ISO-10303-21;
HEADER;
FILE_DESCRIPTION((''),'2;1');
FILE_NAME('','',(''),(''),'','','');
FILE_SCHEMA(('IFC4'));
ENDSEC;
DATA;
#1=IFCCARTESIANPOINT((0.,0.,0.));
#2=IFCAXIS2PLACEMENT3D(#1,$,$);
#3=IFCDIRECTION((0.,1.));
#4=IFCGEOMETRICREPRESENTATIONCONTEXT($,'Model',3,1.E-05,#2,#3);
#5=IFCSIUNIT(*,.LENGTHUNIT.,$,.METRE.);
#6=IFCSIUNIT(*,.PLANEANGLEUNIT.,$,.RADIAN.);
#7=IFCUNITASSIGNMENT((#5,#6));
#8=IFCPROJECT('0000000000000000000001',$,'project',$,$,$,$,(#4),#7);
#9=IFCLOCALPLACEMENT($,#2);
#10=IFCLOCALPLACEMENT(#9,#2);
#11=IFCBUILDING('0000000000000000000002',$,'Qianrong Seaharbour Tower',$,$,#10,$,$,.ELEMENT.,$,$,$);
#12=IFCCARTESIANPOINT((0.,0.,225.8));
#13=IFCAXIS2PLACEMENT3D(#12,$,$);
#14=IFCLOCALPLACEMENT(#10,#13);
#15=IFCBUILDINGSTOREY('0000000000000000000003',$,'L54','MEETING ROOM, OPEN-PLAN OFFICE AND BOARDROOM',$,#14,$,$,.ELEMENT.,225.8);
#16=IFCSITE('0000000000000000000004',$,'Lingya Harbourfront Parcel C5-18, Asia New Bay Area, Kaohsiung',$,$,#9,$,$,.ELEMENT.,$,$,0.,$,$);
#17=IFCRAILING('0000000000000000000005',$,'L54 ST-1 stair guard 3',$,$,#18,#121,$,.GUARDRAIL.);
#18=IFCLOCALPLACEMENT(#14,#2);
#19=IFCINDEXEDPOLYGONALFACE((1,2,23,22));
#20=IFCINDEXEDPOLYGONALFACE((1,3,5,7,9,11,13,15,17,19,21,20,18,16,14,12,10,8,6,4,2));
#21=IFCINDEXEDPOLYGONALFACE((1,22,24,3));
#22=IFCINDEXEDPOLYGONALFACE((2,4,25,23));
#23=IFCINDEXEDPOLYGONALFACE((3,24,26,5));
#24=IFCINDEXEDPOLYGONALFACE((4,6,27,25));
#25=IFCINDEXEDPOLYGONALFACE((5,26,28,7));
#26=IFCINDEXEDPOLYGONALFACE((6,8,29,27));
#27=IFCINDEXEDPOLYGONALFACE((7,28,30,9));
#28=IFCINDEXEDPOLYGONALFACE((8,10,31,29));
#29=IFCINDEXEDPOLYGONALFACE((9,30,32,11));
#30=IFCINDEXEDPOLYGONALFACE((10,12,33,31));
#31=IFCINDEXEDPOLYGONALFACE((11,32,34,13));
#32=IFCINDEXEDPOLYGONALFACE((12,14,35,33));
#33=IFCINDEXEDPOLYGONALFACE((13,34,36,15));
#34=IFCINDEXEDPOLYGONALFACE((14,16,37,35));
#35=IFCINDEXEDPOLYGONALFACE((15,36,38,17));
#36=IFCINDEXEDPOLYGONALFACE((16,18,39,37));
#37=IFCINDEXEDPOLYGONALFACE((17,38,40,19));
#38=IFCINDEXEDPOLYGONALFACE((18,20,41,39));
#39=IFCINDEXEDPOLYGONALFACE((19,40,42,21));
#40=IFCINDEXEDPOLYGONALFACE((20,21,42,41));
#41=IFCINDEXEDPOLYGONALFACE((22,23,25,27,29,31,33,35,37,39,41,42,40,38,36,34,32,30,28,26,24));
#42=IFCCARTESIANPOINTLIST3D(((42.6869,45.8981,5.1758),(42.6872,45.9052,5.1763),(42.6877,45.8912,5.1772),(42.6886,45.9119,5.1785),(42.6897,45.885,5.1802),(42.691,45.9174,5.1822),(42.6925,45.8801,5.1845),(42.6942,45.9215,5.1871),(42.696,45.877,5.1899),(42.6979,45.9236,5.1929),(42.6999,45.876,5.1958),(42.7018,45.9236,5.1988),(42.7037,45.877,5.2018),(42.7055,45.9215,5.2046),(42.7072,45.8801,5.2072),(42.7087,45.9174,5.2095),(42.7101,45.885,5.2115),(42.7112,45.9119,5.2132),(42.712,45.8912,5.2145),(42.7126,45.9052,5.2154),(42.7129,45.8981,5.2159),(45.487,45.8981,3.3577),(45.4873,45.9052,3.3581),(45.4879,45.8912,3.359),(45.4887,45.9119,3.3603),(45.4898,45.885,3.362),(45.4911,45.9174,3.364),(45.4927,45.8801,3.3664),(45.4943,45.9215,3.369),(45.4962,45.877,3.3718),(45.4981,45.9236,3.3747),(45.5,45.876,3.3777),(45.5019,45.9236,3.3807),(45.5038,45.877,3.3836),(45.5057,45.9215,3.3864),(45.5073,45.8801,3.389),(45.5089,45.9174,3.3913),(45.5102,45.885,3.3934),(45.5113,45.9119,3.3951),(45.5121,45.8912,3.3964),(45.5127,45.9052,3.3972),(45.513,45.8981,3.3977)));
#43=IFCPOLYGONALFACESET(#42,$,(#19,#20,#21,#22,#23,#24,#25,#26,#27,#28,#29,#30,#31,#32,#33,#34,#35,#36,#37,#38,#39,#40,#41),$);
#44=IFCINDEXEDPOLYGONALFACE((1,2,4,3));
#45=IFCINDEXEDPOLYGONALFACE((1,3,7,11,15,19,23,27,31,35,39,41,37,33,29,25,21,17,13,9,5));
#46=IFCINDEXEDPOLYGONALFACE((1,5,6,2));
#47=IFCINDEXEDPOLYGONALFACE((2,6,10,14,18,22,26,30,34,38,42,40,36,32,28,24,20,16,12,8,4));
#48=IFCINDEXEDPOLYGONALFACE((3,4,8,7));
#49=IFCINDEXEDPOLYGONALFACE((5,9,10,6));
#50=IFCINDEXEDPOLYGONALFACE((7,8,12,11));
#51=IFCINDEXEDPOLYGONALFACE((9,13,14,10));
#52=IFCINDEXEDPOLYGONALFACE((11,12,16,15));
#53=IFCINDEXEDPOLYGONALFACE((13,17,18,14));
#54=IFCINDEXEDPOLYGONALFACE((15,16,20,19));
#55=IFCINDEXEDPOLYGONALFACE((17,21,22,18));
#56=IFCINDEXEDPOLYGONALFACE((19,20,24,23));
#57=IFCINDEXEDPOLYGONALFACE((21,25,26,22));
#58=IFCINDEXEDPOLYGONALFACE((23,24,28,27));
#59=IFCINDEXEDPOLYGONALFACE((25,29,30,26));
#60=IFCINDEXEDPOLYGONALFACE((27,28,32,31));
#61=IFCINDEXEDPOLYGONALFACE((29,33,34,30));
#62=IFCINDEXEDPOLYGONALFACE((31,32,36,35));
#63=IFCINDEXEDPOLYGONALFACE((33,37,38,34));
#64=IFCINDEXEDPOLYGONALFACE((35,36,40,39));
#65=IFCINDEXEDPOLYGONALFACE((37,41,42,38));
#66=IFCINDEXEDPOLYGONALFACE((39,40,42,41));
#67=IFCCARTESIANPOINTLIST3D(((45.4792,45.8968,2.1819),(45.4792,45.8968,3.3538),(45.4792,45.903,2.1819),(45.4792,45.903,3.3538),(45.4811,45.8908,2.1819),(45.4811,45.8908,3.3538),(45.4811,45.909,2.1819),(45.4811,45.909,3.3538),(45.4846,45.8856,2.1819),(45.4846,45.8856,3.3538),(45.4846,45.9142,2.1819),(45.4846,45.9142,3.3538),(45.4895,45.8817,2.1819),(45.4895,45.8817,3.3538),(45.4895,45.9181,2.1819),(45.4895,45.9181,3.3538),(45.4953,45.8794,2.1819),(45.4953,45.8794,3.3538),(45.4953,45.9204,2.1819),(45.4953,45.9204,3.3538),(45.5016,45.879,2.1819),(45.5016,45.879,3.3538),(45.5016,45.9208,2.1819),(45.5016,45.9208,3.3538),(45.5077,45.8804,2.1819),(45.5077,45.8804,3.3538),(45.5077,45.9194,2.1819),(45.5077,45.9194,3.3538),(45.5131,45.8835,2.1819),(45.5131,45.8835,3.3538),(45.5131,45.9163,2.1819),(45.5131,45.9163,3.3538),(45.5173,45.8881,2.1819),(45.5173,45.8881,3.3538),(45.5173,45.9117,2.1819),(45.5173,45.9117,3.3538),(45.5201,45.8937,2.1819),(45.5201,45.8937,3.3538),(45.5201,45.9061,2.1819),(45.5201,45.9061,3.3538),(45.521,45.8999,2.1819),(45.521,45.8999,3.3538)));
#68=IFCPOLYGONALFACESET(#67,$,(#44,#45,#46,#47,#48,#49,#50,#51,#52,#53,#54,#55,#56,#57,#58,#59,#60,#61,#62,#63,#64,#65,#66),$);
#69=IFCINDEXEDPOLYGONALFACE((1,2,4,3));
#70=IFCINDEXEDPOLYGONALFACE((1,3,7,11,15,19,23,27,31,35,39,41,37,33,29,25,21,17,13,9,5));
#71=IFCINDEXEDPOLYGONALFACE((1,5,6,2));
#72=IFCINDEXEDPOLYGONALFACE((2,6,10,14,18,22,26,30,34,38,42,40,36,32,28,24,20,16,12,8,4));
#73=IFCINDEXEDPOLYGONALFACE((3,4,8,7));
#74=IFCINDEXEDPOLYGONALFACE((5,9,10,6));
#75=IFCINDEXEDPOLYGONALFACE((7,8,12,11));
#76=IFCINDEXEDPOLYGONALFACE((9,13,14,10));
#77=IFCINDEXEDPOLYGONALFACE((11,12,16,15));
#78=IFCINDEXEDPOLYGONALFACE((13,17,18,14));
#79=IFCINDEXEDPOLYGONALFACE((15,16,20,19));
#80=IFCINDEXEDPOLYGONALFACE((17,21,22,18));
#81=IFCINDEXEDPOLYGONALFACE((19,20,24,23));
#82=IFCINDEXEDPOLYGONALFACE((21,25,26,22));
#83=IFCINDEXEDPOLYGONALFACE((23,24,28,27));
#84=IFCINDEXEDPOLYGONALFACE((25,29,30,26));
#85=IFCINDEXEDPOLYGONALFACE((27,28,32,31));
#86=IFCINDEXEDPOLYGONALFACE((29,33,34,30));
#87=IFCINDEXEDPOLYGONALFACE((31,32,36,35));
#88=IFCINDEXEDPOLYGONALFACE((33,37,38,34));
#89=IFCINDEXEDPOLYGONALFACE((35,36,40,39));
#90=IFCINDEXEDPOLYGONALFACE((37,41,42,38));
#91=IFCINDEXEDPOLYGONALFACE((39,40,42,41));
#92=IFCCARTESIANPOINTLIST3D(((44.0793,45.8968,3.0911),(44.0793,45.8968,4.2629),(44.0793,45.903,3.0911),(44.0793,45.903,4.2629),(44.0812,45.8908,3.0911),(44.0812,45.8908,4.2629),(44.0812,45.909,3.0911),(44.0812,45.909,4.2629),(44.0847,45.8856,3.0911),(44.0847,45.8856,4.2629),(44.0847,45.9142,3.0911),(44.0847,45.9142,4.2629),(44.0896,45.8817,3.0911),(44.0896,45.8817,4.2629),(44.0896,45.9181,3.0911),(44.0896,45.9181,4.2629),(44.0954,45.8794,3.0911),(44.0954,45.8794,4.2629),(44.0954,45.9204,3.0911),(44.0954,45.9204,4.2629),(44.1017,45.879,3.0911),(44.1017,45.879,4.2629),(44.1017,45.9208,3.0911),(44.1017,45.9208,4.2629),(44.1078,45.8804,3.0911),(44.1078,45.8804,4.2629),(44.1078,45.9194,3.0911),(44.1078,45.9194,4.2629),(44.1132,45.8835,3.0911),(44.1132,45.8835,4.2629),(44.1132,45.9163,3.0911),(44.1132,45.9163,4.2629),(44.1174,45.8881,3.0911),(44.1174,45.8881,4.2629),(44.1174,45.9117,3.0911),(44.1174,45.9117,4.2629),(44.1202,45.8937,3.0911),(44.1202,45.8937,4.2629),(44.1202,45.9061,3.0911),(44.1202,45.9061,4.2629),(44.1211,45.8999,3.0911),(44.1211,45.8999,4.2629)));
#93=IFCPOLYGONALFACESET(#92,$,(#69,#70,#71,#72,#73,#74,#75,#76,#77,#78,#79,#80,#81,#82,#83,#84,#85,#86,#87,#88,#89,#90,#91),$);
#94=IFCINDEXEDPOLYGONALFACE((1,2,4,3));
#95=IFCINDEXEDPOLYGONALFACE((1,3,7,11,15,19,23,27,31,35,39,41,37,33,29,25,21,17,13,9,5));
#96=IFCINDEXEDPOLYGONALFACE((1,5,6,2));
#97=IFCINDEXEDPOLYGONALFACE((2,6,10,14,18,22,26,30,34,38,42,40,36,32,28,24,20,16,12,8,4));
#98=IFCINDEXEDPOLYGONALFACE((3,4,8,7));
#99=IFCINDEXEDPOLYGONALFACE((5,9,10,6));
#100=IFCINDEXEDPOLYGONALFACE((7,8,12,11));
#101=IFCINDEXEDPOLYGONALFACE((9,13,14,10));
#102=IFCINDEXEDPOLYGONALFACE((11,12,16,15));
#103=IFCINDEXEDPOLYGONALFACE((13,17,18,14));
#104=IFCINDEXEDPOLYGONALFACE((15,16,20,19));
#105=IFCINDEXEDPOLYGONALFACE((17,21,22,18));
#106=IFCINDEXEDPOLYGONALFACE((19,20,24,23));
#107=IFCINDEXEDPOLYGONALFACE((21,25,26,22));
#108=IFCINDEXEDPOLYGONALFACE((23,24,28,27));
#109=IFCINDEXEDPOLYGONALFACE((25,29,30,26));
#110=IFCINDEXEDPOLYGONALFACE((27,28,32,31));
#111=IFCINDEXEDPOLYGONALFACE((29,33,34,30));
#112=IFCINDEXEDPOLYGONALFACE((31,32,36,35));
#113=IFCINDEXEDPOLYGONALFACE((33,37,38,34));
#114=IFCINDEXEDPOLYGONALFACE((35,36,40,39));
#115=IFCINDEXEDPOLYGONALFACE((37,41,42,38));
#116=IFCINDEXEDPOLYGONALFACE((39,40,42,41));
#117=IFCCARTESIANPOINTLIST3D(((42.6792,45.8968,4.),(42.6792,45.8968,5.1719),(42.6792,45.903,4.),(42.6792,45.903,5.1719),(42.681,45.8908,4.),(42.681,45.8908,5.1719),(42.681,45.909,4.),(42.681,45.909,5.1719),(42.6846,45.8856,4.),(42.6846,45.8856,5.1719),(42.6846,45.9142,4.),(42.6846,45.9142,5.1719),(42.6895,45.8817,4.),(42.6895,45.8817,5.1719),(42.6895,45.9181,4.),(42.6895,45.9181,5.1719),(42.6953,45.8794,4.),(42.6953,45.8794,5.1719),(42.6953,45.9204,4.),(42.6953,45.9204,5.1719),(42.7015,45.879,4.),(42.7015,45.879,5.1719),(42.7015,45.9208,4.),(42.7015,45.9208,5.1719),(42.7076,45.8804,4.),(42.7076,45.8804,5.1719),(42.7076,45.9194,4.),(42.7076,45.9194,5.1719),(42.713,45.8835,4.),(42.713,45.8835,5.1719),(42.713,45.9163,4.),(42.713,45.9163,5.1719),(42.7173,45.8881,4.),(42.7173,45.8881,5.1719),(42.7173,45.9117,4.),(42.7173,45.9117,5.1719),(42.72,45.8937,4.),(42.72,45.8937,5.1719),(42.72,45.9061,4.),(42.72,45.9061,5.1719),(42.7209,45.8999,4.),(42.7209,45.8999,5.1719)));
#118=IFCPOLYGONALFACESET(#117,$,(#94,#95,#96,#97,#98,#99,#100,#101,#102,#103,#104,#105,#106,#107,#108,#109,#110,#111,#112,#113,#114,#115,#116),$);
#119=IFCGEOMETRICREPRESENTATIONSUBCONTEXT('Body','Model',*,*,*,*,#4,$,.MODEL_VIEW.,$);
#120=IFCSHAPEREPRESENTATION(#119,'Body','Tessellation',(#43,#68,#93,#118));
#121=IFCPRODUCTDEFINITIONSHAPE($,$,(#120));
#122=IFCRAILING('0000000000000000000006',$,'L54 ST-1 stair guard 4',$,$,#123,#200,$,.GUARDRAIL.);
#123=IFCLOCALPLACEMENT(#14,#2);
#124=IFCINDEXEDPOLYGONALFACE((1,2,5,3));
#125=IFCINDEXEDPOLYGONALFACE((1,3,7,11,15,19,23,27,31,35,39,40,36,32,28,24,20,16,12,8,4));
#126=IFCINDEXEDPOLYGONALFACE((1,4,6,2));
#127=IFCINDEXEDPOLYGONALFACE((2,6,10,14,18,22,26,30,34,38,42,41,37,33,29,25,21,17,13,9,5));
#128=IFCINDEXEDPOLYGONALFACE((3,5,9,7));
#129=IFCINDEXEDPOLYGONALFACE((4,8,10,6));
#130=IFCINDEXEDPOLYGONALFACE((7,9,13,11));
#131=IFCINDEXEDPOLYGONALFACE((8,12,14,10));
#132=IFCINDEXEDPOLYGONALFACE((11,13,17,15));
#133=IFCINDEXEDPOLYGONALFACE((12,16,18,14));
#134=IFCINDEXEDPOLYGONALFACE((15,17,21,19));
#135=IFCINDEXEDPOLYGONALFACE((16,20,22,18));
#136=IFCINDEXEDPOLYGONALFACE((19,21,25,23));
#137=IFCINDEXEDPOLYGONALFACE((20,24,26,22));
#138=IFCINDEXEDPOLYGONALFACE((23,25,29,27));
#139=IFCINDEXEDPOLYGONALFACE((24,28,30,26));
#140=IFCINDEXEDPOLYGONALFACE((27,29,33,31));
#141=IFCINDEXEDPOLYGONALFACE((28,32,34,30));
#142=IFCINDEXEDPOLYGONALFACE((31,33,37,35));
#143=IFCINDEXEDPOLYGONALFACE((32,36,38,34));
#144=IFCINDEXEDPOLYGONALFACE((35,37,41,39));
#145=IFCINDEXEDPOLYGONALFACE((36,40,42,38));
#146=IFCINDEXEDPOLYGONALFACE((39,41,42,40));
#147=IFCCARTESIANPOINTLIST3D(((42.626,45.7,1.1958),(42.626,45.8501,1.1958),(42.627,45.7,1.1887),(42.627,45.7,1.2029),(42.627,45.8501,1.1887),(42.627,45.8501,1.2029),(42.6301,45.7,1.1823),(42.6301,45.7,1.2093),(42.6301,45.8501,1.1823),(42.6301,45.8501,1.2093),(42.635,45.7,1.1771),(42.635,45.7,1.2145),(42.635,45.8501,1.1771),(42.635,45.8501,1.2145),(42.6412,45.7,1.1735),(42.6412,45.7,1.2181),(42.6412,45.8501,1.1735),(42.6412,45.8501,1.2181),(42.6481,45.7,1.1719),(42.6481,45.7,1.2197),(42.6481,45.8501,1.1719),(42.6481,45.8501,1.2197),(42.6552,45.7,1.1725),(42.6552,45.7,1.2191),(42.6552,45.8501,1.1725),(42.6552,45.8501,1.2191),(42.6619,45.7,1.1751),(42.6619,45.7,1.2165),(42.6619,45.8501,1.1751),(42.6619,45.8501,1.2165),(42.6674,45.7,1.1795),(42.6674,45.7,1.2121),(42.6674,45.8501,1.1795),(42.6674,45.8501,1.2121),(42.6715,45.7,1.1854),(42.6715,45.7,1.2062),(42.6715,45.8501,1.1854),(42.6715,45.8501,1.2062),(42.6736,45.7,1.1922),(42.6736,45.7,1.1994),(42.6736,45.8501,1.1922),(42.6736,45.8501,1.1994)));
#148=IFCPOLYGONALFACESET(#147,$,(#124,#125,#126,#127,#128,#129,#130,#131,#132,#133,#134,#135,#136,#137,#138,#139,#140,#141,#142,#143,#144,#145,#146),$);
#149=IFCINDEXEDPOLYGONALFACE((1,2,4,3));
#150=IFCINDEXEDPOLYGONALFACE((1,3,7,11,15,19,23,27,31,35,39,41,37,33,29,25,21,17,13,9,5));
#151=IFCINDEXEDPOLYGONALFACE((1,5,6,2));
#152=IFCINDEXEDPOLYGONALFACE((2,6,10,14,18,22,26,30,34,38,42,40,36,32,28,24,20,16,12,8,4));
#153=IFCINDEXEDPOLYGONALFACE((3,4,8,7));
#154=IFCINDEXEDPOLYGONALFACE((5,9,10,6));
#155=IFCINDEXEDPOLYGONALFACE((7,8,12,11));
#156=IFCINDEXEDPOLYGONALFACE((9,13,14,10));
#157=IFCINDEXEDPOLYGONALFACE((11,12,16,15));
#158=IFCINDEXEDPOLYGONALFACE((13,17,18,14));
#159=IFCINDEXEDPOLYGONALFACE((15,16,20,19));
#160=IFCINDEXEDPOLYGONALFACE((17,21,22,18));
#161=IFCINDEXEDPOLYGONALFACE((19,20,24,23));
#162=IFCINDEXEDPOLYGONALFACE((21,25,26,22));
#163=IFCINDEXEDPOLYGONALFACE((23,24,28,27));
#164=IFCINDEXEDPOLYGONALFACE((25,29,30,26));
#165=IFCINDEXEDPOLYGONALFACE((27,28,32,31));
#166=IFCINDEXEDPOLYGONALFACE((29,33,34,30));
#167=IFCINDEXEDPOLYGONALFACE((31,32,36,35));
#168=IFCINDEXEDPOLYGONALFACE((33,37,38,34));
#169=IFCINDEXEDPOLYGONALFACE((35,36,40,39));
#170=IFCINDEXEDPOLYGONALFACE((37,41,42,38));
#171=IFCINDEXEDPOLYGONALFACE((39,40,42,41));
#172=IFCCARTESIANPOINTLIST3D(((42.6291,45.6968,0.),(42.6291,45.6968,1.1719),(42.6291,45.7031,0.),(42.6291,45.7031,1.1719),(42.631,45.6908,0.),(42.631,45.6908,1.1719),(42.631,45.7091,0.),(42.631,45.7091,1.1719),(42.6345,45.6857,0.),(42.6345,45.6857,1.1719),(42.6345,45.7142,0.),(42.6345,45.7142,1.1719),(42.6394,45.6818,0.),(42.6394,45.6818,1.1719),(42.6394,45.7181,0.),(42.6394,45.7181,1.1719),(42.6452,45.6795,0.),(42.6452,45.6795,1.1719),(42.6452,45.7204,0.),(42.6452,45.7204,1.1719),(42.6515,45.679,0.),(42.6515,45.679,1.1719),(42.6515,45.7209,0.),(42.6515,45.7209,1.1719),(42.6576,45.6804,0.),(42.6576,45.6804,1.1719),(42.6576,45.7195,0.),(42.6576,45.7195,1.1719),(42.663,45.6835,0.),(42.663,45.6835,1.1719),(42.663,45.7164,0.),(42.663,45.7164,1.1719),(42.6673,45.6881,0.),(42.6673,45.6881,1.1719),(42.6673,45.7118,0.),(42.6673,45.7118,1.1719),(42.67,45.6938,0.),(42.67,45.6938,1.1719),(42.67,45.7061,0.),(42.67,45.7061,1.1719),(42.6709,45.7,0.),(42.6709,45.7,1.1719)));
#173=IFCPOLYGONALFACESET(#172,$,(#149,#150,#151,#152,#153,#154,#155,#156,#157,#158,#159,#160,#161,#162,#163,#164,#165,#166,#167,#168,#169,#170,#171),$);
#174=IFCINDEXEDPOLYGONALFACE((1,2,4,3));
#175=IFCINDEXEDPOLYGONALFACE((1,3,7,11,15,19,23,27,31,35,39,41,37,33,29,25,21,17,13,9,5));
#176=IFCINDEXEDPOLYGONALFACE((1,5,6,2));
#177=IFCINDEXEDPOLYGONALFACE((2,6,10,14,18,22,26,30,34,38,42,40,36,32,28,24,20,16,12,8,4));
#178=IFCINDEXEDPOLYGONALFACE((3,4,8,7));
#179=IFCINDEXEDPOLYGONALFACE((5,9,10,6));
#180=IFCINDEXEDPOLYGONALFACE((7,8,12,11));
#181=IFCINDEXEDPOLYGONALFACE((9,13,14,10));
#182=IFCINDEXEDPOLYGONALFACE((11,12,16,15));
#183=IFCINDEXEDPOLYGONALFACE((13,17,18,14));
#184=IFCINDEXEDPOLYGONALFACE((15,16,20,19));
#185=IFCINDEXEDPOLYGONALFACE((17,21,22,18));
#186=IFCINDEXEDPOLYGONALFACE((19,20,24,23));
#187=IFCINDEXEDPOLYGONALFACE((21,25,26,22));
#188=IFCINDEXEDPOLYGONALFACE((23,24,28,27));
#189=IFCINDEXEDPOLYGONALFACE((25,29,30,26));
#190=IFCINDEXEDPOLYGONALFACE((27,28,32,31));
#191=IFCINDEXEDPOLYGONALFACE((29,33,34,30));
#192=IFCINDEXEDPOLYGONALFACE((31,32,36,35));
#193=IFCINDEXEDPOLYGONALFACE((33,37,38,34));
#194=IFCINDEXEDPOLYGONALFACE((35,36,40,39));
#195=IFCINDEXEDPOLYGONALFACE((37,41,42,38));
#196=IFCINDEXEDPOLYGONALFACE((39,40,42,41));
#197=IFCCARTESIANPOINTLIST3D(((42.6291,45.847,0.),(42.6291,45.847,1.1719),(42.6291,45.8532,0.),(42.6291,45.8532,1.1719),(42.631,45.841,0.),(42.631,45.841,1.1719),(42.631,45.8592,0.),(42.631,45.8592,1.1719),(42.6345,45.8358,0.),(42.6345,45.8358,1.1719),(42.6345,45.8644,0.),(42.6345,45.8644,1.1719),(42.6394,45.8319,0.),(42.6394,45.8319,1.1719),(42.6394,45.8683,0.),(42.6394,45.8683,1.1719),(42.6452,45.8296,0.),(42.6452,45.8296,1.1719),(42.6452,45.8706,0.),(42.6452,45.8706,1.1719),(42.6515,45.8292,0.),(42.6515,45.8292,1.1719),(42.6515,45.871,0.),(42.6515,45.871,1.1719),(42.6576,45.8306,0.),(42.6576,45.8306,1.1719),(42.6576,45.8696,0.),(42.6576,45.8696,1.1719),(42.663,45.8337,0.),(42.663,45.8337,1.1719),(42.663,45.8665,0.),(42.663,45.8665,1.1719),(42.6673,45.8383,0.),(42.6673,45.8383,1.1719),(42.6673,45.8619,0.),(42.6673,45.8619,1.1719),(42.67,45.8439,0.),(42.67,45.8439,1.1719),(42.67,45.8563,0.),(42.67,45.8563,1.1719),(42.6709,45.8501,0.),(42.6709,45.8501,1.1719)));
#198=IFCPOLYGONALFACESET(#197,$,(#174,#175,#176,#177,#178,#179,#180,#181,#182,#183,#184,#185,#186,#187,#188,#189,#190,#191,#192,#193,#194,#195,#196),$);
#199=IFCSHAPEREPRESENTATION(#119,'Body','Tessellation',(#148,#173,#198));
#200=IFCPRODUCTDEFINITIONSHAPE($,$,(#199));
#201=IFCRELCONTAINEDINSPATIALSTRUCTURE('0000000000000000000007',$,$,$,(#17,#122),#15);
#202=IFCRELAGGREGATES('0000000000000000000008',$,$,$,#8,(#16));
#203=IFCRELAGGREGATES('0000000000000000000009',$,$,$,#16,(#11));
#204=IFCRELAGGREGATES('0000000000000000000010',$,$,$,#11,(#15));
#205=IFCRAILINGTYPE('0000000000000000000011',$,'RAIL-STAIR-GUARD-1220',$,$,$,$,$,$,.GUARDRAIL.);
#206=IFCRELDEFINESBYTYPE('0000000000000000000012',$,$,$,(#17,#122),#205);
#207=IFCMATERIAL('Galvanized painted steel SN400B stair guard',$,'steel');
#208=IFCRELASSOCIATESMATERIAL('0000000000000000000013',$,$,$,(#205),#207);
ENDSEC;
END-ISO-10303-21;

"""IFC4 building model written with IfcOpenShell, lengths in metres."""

from ifc_helpers import new_model, si_unit, direction, frame, origin, origin_2d, place, context, subcontext, project, spatial, circle, extrude, material, type_object, element, save


model = new_model("IFC4")

# Units and contexts
model_context = context("Model", 3, precision=1e-05, world=origin(), true_north=direction((0.0, 1.0)))
body_context = subcontext(model_context, "Body", "Model", "MODEL_VIEW")
ifc_project = project(units=[si_unit("LENGTHUNIT", "METRE"), si_unit("PLANEANGLEUNIT", "RADIAN")], contexts=[model_context])

# Site, building, storey
site_placement = place(None, origin())
site = spatial("IfcSite", under=ifc_project, at=site_placement, Name="Lingya Harbourfront Parcel C5-18, Asia New Bay Area, Kaohsiung", CompositionType="ELEMENT", RefElevation=0.0)
building_placement = place(site_placement, origin())
building = spatial("IfcBuilding", under=site, at=building_placement, Name="Qianrong Seaharbour Tower", CompositionType="ELEMENT")
storey_placement = place(building_placement, frame((0.0, 0.0, 225.8)))
storey = spatial("IfcBuildingStorey", under=building, at=storey_placement, Name="L54", Description="MEETING ROOM, OPEN-PLAN OFFICE AND BOARDROOM", CompositionType="ELEMENT", Elevation=225.8)

# Railings
ifc_material_1 = material(Name="Galvanized painted steel SN400B stair guard", Category="steel")
railing_type_1 = type_object("IfcRailingType", Name="RAIL-STAIR-GUARD-1220", PredefinedType="GUARDRAIL", material=ifc_material_1)
railing_1_placement = place(storey_placement, frame((45.5, 45.8999, 2.1819)))
element("IfcRailing", 1, at=railing_1_placement, inside=storey, type_object=railing_type_1, Name="L54 ST-1 stair guard 3", PredefinedType="GUARDRAIL", context=body_context, shape_type="SweptSolid", body=[
    extrude(circle(Radius=0.0239, at=origin_2d()), frame((0.0, 0.0, 1.1958), z_axis=(-0.838706, 0.0, 0.544585), x_axis=(0.0, -1.0, 0.0)), (0.0, 0.0, 1.0), 3.3386),
    extrude(circle(Radius=0.021, at=origin_2d()), origin(), (0.0, 0.0, 1.0), 1.1719),
    extrude(circle(Radius=0.021, at=origin_2d()), frame((-1.3999, 0.0, 0.9092)), (0.0, 0.0, 1.0), 1.1719),
    extrude(circle(Radius=0.021, at=origin_2d()), frame((-2.8, 0.0, 1.8181)), (0.0, 0.0, 1.0), 1.1719),
])
railing_2_placement = place(storey_placement, frame((42.6499, 45.7, 0.0)))
element("IfcRailing", 2, at=railing_2_placement, inside=storey, type_object=railing_type_1, Name="L54 ST-1 stair guard 4", PredefinedType="GUARDRAIL", context=body_context, shape_type="SweptSolid", body=[
    extrude(circle(Radius=0.0239, at=origin_2d()), frame((0.0, 0.0, 1.1958), z_axis=(0.0, 1.0, 0.0), x_axis=(-1.0, 0.0, 0.0)), (0.0, 0.0, 1.0), 0.1501),
    extrude(circle(Radius=0.021, at=origin_2d()), origin(), (0.0, 0.0, 1.0), 1.1719),
    extrude(circle(Radius=0.021, at=origin_2d()), frame((0.0, 0.1501, 0.0)), (0.0, 0.0, 1.0), 1.1719),
])

save(model, "model.ifc")
